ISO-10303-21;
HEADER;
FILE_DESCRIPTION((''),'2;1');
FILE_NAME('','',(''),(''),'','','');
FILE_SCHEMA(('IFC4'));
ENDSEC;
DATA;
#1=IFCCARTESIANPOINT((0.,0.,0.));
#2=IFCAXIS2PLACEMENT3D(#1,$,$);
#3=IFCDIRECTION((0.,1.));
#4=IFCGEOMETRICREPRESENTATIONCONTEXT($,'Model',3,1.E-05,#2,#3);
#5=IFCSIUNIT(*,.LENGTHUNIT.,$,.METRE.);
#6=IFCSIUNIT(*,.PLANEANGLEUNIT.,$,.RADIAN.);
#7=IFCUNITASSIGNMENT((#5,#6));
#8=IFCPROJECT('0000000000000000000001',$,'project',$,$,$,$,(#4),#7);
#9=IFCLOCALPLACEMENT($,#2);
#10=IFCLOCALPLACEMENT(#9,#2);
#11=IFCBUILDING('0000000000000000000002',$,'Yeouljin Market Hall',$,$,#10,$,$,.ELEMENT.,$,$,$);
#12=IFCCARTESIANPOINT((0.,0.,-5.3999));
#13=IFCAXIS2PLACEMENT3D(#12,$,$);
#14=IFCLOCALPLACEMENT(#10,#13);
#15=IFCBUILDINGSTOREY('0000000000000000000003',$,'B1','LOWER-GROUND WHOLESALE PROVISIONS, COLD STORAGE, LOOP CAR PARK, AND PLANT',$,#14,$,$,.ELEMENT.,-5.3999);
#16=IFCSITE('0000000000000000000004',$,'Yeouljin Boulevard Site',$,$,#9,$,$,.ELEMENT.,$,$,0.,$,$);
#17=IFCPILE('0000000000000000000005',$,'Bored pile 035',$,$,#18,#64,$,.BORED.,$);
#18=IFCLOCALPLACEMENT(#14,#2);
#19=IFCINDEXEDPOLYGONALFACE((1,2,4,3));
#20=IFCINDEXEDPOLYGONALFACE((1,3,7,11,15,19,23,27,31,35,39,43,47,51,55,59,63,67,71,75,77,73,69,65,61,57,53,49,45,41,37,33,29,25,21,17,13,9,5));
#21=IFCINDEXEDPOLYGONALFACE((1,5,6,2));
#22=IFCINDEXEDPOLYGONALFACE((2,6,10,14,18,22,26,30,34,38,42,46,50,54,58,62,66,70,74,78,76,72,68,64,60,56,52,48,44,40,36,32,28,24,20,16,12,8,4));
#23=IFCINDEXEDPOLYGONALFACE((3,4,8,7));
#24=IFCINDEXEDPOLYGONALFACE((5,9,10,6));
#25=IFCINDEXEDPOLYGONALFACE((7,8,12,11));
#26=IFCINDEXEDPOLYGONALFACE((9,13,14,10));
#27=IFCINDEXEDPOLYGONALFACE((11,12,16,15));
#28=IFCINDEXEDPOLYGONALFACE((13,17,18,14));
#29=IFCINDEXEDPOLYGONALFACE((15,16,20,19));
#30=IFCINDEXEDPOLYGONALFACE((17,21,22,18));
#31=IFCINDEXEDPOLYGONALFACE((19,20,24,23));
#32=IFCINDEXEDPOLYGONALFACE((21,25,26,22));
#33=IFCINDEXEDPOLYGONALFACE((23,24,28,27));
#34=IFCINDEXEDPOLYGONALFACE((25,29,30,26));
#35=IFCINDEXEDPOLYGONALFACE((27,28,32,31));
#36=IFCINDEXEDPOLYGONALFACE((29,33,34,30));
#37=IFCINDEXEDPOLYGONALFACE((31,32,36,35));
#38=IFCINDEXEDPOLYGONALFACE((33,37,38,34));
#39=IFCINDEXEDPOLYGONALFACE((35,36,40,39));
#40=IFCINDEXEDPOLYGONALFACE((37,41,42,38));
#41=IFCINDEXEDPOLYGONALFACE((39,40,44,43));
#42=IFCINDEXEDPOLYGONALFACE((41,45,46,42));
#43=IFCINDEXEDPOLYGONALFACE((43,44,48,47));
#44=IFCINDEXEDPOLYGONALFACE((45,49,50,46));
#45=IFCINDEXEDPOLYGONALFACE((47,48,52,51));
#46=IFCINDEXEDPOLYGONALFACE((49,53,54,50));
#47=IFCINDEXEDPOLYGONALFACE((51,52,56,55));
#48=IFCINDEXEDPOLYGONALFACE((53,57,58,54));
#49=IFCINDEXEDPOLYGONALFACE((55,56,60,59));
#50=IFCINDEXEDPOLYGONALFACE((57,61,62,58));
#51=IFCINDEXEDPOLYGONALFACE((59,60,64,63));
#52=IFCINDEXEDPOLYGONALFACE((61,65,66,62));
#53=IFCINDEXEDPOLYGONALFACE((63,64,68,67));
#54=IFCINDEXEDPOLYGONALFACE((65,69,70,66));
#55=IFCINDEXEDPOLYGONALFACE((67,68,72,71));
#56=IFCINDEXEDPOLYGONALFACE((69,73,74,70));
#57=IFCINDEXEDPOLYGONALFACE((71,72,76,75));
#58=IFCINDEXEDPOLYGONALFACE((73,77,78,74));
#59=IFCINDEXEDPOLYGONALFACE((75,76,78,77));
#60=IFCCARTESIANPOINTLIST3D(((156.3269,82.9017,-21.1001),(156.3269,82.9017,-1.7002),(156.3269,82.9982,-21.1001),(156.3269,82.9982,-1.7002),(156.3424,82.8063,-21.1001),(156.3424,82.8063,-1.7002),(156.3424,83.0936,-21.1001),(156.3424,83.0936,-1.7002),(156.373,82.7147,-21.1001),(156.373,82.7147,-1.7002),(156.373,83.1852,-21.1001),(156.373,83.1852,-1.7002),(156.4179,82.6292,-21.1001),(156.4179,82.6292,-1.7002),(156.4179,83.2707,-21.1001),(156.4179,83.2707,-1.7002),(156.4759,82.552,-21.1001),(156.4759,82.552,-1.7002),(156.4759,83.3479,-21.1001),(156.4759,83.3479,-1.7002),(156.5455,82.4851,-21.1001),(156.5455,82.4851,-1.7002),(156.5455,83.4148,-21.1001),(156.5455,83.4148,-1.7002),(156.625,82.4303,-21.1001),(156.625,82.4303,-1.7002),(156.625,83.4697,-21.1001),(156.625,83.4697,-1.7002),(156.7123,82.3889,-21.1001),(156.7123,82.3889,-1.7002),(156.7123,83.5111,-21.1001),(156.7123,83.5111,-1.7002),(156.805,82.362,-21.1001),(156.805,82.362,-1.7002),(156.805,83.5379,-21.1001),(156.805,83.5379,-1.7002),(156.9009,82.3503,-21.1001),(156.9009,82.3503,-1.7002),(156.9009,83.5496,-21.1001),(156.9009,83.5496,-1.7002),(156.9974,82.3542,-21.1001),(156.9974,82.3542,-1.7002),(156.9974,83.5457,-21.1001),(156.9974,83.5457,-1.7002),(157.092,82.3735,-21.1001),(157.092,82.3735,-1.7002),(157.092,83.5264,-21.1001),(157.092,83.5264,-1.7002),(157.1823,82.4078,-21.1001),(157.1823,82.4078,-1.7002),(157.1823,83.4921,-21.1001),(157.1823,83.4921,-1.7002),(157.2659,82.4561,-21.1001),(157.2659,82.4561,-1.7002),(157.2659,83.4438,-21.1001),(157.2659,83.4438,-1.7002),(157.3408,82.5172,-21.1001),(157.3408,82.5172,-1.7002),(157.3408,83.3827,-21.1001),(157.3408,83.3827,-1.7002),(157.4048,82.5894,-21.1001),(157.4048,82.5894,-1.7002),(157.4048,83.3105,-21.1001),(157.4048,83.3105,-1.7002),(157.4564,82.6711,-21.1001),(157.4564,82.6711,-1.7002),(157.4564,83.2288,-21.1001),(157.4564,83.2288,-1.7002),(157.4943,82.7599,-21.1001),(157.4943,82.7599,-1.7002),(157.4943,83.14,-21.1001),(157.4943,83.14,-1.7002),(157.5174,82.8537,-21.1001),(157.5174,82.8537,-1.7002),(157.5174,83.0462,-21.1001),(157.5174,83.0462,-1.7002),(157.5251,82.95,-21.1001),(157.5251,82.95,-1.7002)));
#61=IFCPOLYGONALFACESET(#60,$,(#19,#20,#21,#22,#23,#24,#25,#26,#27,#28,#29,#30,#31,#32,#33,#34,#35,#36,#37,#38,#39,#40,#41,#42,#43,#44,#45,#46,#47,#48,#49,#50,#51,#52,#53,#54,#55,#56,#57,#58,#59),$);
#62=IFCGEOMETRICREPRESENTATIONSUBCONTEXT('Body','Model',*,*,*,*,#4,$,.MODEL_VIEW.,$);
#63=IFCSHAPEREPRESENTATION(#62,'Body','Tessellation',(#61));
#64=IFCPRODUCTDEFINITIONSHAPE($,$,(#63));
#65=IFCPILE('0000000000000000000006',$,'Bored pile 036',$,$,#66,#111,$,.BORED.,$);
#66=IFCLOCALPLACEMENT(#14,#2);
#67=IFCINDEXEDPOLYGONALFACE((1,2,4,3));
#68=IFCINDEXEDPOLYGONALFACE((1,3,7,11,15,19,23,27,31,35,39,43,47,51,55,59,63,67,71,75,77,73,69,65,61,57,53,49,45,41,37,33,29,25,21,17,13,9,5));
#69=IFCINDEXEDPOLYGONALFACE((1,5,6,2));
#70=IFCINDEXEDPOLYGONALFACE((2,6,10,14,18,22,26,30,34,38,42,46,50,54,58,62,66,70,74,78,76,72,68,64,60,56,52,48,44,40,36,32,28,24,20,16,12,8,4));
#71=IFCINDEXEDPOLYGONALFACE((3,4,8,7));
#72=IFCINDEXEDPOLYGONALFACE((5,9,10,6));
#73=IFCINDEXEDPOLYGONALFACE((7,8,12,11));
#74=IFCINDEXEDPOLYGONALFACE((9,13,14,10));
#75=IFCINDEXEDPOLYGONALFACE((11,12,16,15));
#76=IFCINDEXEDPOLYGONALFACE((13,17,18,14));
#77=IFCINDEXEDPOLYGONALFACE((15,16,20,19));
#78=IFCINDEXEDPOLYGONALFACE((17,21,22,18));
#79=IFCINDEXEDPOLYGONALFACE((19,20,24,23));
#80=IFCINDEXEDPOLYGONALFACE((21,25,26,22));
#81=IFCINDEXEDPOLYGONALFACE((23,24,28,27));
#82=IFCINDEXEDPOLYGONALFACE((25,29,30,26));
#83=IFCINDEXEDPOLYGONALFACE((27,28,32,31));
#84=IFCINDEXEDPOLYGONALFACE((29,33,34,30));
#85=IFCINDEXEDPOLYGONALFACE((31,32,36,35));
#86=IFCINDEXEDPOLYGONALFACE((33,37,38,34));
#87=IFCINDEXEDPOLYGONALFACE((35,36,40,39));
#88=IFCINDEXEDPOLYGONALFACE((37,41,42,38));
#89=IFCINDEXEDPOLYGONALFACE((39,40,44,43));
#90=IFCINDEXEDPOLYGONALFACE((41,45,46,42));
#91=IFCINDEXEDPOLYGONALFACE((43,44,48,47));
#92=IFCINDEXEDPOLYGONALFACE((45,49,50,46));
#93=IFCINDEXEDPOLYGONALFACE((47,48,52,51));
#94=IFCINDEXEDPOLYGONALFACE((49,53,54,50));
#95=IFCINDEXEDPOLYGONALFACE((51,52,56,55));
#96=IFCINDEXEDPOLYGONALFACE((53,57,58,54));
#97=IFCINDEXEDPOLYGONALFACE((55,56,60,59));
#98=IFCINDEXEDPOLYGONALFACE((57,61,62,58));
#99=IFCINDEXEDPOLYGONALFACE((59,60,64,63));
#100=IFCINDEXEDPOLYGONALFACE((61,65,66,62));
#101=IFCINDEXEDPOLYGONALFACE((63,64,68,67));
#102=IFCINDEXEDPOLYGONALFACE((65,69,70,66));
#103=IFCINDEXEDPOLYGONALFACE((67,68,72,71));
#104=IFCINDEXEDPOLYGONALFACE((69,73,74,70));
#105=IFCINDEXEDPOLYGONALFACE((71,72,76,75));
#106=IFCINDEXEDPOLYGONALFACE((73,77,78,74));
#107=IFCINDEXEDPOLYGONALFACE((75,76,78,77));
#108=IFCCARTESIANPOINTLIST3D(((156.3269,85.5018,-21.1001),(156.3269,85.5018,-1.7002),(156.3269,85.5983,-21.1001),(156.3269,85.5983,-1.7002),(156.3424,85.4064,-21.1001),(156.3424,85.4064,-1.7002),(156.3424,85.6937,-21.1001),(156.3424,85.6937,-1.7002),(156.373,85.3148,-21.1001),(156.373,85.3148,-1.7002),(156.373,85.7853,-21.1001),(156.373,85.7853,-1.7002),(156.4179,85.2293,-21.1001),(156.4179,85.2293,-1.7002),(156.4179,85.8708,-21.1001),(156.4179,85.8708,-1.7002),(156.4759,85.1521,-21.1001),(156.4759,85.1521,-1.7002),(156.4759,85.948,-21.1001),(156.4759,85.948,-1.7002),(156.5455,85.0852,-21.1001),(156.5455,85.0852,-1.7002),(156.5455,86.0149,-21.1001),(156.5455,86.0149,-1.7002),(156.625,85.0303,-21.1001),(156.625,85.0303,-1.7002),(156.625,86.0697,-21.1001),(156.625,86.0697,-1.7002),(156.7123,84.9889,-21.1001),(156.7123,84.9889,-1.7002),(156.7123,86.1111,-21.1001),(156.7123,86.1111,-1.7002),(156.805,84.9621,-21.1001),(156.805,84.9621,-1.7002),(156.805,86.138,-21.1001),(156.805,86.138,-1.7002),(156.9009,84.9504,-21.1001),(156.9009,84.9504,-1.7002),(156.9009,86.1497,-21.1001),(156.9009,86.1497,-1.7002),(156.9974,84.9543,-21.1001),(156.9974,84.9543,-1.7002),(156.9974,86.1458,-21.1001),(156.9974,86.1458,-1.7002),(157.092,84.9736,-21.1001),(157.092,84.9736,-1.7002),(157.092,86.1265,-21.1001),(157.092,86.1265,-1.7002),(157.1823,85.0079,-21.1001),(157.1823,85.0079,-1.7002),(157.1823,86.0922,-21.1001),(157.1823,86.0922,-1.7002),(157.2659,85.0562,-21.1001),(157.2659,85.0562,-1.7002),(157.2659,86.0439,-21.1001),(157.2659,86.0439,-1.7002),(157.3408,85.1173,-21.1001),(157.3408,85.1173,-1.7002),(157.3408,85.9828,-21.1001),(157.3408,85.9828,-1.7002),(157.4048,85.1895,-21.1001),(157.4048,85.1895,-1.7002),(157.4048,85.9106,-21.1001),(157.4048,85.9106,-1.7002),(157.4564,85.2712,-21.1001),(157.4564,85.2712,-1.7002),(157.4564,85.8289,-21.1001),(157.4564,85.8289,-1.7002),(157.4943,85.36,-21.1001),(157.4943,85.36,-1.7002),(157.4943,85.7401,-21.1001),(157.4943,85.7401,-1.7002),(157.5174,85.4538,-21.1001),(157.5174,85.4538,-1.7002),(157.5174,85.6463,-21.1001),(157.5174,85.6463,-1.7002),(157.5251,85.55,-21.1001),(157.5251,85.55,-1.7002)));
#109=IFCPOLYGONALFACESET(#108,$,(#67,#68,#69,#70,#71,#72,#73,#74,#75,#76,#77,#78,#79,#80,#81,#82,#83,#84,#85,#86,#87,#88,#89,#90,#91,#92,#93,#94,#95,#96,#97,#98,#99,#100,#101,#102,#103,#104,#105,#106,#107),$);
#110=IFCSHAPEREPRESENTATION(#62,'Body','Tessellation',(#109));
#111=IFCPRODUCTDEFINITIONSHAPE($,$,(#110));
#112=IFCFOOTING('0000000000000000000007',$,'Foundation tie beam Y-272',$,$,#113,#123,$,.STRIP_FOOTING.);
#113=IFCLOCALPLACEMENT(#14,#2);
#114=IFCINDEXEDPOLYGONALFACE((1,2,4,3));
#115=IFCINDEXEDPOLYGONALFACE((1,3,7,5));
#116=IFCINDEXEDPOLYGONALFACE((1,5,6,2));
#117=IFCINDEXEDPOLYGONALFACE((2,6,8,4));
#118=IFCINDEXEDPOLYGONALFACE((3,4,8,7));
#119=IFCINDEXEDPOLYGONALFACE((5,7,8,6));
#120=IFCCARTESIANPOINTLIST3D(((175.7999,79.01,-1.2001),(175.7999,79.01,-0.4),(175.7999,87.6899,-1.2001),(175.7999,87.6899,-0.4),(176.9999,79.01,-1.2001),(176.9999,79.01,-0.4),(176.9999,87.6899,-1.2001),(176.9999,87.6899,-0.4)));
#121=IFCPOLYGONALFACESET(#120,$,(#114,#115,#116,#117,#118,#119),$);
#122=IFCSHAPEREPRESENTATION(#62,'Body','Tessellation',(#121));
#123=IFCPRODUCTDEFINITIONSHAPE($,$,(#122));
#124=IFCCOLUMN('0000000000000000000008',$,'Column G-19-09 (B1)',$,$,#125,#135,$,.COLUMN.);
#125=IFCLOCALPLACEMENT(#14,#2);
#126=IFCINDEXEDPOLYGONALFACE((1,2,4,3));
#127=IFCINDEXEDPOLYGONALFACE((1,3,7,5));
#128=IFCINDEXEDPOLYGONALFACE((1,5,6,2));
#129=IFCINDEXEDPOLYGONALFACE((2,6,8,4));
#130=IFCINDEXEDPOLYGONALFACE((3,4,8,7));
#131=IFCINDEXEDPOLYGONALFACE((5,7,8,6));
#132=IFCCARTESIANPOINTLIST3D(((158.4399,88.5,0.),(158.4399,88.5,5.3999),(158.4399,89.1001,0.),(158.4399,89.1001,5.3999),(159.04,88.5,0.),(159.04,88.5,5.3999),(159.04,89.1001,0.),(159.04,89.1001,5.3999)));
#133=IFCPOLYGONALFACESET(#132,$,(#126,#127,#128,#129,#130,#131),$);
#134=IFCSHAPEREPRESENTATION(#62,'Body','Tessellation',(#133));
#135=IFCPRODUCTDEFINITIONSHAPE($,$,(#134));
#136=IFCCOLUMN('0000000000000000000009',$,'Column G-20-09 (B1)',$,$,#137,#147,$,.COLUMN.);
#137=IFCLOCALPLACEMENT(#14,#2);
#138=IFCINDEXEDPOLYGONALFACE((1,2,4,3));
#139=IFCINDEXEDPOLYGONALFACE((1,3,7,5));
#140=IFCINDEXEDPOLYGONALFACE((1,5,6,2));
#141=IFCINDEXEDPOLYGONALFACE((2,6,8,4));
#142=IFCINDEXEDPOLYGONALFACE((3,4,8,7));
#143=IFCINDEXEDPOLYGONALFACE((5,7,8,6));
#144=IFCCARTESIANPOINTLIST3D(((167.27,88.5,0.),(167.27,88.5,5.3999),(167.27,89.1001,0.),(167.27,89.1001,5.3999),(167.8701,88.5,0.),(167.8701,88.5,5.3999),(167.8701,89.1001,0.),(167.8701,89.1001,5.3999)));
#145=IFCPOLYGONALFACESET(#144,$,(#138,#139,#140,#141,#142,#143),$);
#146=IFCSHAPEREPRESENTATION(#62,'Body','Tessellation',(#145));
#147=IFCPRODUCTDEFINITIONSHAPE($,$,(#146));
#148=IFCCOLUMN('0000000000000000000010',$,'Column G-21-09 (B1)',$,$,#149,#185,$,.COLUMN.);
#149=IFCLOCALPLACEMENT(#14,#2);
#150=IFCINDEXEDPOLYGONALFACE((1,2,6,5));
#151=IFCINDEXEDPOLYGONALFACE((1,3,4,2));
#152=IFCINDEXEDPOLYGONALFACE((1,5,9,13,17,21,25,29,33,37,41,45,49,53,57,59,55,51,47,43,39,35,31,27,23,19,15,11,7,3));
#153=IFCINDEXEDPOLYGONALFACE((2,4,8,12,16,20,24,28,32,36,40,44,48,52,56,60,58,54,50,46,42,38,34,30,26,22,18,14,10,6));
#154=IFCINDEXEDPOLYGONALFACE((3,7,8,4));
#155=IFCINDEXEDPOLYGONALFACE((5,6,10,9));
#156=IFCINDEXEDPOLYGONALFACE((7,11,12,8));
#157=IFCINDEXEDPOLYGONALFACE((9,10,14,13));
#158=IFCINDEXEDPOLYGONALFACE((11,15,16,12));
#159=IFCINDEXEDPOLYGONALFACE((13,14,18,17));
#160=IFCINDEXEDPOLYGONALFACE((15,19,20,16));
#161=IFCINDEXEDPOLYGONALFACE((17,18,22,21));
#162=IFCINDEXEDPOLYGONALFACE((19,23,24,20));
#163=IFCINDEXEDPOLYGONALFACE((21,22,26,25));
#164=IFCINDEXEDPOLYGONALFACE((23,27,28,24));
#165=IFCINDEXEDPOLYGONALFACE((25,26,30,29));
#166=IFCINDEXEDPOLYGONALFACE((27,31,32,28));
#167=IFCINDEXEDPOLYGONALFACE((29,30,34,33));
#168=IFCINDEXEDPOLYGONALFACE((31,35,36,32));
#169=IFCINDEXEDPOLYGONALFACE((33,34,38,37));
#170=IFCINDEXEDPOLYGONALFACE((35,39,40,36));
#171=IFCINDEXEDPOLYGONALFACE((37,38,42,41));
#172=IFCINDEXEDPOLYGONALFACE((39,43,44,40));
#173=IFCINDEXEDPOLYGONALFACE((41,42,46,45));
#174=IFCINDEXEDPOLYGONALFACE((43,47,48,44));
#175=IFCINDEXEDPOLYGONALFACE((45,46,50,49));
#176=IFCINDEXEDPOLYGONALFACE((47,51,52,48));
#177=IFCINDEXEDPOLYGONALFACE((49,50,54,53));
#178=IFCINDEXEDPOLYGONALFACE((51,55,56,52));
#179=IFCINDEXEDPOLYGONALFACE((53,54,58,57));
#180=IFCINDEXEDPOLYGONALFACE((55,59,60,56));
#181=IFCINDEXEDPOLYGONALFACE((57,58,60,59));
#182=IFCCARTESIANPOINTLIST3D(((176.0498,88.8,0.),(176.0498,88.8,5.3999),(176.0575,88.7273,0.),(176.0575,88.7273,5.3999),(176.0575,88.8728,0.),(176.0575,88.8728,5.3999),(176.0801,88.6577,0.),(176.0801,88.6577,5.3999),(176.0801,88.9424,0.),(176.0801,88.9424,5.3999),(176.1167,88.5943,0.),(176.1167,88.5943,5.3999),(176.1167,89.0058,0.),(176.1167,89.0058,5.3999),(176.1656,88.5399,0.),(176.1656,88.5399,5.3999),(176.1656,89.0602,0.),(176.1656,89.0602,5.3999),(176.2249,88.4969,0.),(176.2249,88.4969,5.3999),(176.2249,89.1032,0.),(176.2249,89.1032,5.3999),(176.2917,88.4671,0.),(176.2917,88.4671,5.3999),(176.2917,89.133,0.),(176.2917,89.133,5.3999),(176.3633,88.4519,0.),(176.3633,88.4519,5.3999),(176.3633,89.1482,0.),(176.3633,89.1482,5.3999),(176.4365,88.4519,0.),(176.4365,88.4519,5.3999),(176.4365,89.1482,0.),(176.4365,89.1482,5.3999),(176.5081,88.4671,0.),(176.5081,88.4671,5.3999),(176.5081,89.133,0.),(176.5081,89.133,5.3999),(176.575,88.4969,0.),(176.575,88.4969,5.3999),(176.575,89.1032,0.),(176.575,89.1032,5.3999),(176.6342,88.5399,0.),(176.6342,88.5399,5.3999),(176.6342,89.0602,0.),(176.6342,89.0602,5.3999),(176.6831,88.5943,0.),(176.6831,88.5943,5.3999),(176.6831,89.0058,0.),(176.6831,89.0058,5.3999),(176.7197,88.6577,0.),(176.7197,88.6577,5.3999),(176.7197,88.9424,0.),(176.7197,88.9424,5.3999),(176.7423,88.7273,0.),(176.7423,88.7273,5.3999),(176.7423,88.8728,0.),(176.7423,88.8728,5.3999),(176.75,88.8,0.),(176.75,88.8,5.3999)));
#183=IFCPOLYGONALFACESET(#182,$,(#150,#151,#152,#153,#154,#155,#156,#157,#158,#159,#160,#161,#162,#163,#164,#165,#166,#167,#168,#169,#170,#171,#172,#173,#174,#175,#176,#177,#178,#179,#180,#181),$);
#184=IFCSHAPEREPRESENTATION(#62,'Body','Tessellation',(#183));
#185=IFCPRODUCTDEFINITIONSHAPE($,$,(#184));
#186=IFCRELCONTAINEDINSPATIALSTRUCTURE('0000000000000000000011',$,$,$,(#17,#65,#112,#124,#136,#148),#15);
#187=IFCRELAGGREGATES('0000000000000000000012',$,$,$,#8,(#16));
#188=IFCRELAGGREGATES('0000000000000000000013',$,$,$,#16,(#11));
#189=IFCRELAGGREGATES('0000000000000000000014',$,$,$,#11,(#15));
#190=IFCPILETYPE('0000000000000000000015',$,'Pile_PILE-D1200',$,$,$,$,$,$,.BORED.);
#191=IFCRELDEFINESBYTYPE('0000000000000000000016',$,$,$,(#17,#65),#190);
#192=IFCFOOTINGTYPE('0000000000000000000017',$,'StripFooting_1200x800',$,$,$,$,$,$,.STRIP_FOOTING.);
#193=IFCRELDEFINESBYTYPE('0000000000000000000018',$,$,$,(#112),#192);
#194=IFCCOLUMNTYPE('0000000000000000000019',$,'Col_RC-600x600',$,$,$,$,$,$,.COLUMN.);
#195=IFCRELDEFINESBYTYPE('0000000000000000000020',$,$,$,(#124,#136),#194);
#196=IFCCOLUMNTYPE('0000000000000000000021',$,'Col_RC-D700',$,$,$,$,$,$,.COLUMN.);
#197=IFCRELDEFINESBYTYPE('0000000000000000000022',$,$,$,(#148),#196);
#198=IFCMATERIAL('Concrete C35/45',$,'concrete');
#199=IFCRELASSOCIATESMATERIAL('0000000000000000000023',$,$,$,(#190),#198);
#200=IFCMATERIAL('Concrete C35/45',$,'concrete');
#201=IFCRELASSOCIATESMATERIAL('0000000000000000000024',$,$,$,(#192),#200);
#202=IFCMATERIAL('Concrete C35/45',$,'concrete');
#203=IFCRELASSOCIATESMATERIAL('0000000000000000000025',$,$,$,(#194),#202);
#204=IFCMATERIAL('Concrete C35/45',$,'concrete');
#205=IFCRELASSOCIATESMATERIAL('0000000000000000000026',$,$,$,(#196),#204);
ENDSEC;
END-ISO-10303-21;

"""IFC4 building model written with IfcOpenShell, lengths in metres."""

from ifc_helpers import new_model, si_unit, direction, frame, origin, origin_2d, place, context, subcontext, project, spatial, rectangle, circle, extrude, material, material_profile, profile_set, type_object, element, save


model = new_model("IFC4")

# Units and contexts
model_context = context("Model", 3, precision=1e-05, world=origin(), true_north=direction((0.0, 1.0)))
body_context = subcontext(model_context, "Body", "Model", "MODEL_VIEW")
ifc_project = project(units=[si_unit("LENGTHUNIT", "METRE"), si_unit("PLANEANGLEUNIT", "RADIAN")], contexts=[model_context])

# Site, building, storey
site_placement = place(None, origin())
site = spatial("IfcSite", under=ifc_project, at=site_placement, Name="Yeouljin Boulevard Site", CompositionType="ELEMENT", RefElevation=0.0)
building_placement = place(site_placement, origin())
building = spatial("IfcBuilding", under=site, at=building_placement, Name="Yeouljin Market Hall", CompositionType="ELEMENT")
storey_placement = place(building_placement, frame((0.0, 0.0, -5.3999)))
storey = spatial("IfcBuildingStorey", under=building, at=storey_placement, Name="B1", Description="LOWER-GROUND WHOLESALE PROVISIONS, COLD STORAGE, LOOP CAR PARK, AND PLANT", CompositionType="ELEMENT", Elevation=-5.3999)

# Piles
ifc_material_1 = material(Name="Concrete C35/45", Category="concrete")
ifc_material_profile_1 = material_profile(ifc_material_1, circle(Radius=0.6001, at=origin_2d()), Name="PILE-D1200")
ifc_profile_set_1 = profile_set([ifc_material_profile_1], Name="Concrete C35/45")
pile_type = type_object("IfcPileType", Name="Pile_PILE-D1200", PredefinedType="BORED", material=ifc_profile_set_1)
for number, where, z_axis, x_axis, name in (
    (1, (156.925, 82.95, -1.7002), (0.0, 0.0, -1.0), (1.0, 0.0, 0.0), "Bored pile 035"),
    (2, (156.925, 85.55, -1.7002), (0.0, 0.0, -1.0), (1.0, 0.0, 0.0), "Bored pile 036"),
):
    element("IfcPile", number, at=place(storey_placement, frame(where, z_axis=z_axis, x_axis=x_axis)), inside=storey, type_object=pile_type, Name=name, PredefinedType="BORED", context=body_context, shape_type="SweptSolid", body=[
        extrude(circle(Radius=0.6001, at=origin_2d()), origin(), (0.0, 0.0, 1.0), 19.3999),
    ])

# Footing
ifc_material_2 = material(Name="Concrete C35/45", Category="concrete")
ifc_material_profile_2 = material_profile(ifc_material_2, rectangle(XDim=1.2, YDim=0.8, at=origin_2d()), Name="SF-1200x800")
ifc_profile_set_2 = profile_set([ifc_material_profile_2], Name="Concrete C35/45")
footing_type_1 = type_object("IfcFootingType", Name="StripFooting_1200x800", PredefinedType="STRIP_FOOTING", material=ifc_profile_set_2)
footing_1_placement = place(storey_placement, frame((176.3999, 79.01, -0.8), z_axis=(0.0, 1.0, 0.0), x_axis=(-1.0, 0.0, 0.0)))
element("IfcFooting", 3, at=footing_1_placement, inside=storey, type_object=footing_type_1, Name="Foundation tie beam Y-272", PredefinedType="STRIP_FOOTING", context=body_context, shape_type="SweptSolid", body=[
    extrude(rectangle(XDim=1.2, YDim=0.8, at=origin_2d()), origin(), (0.0, 0.0, 1.0), 8.6799),
])

# Columns
ifc_material_3 = material(Name="Concrete C35/45", Category="concrete")
ifc_material_profile_3 = material_profile(ifc_material_3, rectangle(XDim=0.6001, YDim=0.6001, at=origin_2d()), Name="RC-600x600")
ifc_profile_set_3 = profile_set([ifc_material_profile_3], Name="Concrete C35/45")
column_type_1 = type_object("IfcColumnType", Name="Col_RC-600x600", PredefinedType="COLUMN", material=ifc_profile_set_3)
for number, where, z_axis, x_axis, name in (
    (4, (158.74, 88.8, 0.0), (0.0, 0.0, 1.0), (1.0, 0.0, 0.0), "Column G-19-09 (B1)"),
    (5, (167.5701, 88.8, 0.0), (0.0, 0.0, 1.0), (1.0, 0.0, 0.0), "Column G-20-09 (B1)"),
):
    element("IfcColumn", number, at=place(storey_placement, frame(where, z_axis=z_axis, x_axis=x_axis)), inside=storey, type_object=column_type_1, Name=name, PredefinedType="COLUMN", context=body_context, shape_type="SweptSolid", body=[
        extrude(rectangle(XDim=0.6001, YDim=0.6001, at=origin_2d()), origin(), (0.0, 0.0, 1.0), 5.3999),
    ])
ifc_material_4 = material(Name="Concrete C35/45", Category="concrete")
ifc_material_profile_4 = material_profile(ifc_material_4, circle(Radius=0.3501, at=origin_2d()), Name="RC-D700")
ifc_profile_set_4 = profile_set([ifc_material_profile_4], Name="Concrete C35/45")
column_type_2 = type_object("IfcColumnType", Name="Col_RC-D700", PredefinedType="COLUMN", material=ifc_profile_set_4)
column_placement = place(storey_placement, frame((176.3999, 88.8, 0.0), z_axis=(0.0, 0.0, 1.0), x_axis=(1.0, 0.0, 0.0)))
element("IfcColumn", 6, at=column_placement, inside=storey, type_object=column_type_2, Name="Column G-21-09 (B1)", PredefinedType="COLUMN", context=body_context, shape_type="SweptSolid", body=[
    extrude(circle(Radius=0.3501, at=origin_2d()), origin(), (0.0, 0.0, 1.0), 5.3999),
])

save(model, "model.ifc")
